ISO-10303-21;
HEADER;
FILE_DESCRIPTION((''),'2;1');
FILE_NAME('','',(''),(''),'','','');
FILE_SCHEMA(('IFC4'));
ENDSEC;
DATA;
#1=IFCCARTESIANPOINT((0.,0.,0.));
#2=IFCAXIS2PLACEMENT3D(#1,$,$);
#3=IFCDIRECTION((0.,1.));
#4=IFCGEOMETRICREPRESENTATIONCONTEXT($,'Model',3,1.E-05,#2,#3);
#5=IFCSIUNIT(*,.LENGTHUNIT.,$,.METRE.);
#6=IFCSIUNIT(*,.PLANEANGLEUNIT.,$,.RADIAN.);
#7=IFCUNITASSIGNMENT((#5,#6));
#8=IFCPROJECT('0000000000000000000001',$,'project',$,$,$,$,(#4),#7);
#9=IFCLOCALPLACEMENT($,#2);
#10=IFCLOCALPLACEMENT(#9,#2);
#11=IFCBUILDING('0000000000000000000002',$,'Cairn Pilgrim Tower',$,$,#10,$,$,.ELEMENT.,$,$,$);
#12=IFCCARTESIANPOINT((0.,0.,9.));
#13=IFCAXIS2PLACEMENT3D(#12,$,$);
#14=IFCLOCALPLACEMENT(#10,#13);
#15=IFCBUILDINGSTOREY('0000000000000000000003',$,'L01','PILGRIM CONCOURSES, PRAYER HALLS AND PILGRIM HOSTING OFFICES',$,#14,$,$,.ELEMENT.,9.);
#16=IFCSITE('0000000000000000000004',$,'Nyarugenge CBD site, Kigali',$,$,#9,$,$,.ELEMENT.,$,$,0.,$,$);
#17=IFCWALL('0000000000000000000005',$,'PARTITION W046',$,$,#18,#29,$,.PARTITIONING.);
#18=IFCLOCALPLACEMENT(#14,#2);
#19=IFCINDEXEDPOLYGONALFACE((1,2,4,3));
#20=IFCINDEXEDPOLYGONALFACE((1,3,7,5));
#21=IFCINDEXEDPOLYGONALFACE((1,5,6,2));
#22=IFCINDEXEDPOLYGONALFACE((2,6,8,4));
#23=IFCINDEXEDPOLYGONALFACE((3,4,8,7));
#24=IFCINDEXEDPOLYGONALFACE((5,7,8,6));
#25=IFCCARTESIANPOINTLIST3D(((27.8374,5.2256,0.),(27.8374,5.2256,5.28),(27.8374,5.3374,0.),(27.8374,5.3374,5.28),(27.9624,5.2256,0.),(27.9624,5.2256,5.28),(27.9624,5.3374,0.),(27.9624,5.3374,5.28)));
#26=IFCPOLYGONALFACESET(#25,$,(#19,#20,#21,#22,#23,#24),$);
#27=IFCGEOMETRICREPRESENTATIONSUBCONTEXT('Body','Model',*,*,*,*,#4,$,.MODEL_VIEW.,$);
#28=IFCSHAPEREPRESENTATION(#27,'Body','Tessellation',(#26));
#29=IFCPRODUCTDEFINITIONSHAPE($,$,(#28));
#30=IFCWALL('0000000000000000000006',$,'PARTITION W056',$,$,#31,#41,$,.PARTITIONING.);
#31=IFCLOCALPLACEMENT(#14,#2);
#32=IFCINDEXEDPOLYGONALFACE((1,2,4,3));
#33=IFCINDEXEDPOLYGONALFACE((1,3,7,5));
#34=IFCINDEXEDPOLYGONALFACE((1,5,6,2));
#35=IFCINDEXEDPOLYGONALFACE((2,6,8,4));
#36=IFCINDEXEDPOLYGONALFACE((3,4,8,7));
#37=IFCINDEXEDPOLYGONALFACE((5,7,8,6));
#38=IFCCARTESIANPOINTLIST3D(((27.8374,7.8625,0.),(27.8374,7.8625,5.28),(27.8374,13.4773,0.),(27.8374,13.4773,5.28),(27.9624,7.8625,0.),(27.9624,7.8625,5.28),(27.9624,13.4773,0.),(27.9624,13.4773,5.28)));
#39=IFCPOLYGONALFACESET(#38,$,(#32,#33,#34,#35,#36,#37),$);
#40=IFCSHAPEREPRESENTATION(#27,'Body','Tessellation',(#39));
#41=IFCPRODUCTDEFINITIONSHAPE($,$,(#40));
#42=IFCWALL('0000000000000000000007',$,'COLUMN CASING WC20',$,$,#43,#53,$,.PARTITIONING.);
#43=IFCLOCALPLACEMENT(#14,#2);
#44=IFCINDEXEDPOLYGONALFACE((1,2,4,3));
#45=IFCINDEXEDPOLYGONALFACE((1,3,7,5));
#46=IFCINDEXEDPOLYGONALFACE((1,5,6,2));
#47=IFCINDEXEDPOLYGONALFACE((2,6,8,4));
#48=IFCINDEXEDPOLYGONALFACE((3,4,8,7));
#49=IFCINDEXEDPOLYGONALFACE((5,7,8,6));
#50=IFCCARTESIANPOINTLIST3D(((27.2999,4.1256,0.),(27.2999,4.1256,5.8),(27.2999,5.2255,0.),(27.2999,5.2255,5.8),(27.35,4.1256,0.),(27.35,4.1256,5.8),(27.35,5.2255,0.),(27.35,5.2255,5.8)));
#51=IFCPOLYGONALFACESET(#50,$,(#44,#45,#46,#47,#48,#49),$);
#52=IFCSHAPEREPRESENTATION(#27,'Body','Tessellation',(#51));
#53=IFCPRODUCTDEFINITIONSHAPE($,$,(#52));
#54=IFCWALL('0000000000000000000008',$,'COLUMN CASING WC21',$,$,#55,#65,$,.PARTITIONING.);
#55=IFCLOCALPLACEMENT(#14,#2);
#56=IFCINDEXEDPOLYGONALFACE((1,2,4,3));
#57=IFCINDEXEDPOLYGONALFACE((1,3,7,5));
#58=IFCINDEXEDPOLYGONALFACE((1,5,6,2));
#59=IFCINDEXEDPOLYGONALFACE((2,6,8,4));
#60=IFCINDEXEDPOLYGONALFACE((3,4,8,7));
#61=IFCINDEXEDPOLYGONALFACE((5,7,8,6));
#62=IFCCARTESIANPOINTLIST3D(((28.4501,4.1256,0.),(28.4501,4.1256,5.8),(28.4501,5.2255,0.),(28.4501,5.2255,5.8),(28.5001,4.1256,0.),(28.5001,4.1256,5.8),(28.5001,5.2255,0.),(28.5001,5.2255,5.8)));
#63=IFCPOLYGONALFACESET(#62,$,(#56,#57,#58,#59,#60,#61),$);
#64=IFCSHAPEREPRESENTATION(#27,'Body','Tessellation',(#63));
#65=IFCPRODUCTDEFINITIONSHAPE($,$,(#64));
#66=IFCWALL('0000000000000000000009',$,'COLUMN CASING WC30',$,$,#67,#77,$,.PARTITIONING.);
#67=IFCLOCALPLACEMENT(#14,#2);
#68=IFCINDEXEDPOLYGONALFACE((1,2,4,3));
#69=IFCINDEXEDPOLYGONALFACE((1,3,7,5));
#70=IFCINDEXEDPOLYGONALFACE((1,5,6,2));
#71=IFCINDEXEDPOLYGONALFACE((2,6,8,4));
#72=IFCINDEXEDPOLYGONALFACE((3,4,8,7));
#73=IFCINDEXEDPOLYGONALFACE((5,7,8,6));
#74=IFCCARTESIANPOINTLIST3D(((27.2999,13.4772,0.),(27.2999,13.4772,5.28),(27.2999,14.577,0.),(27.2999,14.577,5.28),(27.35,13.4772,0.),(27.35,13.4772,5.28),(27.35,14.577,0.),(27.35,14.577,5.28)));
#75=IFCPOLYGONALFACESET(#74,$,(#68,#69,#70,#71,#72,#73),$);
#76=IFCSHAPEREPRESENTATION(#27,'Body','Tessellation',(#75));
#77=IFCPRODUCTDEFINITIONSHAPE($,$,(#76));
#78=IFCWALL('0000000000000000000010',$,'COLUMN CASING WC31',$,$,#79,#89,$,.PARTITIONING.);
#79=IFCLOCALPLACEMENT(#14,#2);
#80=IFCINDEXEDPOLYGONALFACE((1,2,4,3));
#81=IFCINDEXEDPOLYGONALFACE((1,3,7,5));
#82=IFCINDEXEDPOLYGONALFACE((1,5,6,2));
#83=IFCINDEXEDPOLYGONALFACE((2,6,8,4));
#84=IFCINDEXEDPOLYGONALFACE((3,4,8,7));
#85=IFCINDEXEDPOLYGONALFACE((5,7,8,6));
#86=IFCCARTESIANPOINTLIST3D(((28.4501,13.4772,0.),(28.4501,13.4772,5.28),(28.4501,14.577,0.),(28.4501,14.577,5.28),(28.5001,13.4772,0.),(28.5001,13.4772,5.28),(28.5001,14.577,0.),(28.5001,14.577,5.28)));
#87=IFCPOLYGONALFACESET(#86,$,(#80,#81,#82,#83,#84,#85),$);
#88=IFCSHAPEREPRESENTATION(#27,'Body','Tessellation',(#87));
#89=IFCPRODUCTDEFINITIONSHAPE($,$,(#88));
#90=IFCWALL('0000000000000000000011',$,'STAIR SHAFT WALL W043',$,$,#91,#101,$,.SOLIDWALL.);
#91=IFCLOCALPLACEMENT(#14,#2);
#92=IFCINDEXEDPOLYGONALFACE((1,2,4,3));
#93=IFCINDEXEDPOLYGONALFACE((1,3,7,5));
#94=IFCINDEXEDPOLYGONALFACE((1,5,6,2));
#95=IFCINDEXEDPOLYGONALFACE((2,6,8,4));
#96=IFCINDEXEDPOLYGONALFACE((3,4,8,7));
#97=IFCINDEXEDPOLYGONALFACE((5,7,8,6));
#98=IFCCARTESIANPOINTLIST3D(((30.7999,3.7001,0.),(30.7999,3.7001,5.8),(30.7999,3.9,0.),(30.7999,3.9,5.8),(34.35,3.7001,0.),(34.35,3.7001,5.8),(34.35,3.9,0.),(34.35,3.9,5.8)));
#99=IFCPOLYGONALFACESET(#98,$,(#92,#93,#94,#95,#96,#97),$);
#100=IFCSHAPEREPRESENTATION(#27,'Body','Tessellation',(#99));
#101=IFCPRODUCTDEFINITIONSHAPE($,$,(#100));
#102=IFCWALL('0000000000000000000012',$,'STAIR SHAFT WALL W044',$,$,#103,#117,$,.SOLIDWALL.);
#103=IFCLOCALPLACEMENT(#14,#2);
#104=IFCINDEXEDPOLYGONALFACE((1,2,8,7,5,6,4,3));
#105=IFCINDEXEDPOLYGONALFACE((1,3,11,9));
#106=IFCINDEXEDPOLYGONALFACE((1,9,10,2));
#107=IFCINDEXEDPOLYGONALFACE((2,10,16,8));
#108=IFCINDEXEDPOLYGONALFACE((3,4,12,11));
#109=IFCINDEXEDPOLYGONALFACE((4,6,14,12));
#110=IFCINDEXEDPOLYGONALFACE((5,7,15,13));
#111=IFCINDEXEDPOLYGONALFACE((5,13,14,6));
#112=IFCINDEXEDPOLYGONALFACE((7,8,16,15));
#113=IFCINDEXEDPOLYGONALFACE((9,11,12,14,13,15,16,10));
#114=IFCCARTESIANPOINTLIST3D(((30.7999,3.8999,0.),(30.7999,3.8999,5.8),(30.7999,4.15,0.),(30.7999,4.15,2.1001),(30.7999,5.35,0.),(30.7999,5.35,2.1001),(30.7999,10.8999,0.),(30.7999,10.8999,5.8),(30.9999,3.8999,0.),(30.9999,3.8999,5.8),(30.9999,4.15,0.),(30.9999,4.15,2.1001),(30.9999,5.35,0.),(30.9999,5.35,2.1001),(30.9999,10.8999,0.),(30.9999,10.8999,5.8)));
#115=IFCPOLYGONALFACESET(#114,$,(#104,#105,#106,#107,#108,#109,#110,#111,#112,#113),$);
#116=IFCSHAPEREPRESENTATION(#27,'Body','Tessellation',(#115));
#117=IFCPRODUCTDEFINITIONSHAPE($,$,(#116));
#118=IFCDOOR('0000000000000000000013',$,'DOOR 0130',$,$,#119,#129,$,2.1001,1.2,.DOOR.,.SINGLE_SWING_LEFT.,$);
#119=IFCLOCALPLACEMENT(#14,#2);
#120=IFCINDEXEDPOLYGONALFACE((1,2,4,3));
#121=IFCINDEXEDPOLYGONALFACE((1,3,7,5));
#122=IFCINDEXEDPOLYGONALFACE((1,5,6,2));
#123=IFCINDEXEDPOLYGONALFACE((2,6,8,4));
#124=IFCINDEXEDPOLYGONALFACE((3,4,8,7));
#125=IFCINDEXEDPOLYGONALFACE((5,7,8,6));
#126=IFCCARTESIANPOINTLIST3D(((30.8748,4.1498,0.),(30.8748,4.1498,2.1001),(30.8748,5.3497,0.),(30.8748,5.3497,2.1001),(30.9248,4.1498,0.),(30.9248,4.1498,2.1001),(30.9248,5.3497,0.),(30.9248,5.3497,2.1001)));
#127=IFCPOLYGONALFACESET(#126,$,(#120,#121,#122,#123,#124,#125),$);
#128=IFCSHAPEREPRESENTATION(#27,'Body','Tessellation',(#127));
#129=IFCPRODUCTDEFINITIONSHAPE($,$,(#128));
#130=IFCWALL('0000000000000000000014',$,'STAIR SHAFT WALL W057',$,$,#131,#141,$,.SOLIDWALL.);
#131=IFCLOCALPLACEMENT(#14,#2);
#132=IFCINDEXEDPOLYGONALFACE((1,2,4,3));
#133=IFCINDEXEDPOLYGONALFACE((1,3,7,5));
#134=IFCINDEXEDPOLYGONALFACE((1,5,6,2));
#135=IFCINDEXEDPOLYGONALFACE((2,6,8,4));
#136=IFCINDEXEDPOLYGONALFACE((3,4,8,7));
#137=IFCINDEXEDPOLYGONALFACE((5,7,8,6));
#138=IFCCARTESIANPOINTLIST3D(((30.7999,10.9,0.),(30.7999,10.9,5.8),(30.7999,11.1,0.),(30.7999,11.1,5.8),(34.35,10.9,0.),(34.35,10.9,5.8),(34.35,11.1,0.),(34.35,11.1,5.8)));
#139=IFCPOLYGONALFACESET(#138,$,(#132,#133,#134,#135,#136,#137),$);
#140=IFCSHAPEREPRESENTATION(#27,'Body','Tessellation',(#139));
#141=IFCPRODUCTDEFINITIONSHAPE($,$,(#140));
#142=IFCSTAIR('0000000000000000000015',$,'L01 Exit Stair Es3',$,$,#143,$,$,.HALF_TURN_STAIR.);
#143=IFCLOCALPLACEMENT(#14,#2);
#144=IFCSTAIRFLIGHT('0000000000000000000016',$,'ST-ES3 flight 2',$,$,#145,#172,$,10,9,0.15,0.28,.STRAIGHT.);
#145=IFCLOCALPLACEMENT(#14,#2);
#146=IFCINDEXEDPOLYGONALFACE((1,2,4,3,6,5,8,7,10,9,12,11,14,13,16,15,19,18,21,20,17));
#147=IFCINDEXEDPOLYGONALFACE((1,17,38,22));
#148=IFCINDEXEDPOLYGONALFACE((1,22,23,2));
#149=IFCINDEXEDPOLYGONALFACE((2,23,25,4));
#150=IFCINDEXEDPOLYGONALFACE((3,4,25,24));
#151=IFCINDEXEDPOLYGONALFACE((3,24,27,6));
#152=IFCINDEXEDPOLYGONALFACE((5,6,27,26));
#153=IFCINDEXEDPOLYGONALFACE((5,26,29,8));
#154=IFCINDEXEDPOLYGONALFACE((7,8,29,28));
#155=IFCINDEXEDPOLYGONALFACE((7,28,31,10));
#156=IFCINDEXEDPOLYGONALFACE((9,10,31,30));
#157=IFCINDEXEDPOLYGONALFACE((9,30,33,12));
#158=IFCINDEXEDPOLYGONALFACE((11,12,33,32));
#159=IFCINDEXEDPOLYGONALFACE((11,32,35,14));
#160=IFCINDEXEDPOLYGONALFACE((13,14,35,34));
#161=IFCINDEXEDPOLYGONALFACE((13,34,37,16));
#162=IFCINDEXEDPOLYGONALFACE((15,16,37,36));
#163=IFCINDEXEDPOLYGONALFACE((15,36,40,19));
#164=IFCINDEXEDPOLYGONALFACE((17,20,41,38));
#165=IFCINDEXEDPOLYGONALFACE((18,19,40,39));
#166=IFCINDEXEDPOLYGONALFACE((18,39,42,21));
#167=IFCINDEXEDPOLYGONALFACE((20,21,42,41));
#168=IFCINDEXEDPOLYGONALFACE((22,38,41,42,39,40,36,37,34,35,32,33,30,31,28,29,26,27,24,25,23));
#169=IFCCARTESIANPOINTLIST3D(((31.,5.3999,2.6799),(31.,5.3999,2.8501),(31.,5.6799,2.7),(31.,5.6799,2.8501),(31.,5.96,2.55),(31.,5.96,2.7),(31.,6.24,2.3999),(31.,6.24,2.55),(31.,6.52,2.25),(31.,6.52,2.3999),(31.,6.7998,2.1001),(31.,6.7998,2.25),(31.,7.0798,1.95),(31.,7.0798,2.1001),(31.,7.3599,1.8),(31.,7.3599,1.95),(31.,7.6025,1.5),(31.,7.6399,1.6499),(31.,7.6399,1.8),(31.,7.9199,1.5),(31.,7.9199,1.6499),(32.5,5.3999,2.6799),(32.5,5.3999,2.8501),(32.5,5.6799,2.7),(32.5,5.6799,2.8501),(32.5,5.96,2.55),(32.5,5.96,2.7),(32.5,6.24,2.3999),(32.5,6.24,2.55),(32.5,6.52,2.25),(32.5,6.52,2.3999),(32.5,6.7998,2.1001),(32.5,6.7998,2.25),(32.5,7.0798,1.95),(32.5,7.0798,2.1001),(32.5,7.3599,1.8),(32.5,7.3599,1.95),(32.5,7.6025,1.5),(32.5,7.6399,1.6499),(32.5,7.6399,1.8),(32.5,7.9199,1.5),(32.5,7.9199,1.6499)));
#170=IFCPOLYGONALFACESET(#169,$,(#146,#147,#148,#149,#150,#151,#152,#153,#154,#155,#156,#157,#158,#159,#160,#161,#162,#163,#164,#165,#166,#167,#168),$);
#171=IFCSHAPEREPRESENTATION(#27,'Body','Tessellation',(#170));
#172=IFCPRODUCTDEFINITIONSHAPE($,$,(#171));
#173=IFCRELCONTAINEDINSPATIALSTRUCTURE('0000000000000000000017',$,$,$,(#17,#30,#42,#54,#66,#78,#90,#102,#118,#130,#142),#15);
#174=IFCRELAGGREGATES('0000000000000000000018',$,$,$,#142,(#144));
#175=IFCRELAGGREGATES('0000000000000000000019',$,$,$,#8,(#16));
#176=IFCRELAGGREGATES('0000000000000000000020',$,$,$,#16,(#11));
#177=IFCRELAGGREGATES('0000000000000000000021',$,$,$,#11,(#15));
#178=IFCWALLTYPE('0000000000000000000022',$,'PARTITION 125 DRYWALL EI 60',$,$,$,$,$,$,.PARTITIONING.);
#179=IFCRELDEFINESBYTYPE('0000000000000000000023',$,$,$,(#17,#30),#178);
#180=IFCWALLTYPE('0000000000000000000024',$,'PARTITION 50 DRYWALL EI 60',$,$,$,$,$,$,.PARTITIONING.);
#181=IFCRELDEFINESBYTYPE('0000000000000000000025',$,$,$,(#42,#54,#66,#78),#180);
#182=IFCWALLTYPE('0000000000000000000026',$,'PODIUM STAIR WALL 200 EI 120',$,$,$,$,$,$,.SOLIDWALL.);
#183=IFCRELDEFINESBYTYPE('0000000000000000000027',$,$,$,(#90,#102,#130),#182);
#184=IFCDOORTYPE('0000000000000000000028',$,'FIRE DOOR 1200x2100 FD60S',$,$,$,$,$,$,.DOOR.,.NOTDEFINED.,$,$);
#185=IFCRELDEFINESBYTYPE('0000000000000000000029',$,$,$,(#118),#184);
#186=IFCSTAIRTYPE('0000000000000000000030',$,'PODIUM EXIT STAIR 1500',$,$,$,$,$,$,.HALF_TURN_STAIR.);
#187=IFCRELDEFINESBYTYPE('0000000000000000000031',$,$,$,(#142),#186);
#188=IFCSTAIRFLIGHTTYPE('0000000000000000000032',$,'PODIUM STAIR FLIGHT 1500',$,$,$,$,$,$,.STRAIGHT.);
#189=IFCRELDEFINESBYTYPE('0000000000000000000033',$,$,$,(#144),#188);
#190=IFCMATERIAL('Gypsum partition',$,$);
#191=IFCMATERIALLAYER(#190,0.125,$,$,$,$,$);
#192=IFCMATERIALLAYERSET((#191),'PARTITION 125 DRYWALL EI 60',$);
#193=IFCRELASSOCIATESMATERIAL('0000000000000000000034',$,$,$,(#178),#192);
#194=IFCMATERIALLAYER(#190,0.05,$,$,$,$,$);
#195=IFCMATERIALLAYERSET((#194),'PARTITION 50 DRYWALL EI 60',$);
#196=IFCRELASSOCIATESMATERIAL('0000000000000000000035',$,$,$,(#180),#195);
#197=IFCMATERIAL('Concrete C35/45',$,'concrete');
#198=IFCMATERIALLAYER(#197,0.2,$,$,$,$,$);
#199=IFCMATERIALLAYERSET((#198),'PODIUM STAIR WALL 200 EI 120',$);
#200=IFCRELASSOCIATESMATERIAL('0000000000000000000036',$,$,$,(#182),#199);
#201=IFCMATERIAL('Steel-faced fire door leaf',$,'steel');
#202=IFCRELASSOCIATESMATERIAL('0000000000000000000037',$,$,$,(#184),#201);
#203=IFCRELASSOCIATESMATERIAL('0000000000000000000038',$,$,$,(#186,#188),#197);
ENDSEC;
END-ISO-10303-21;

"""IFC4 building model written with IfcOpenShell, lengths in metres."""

from ifc_helpers import new_model, si_unit, direction, frame, frame_2d, origin, place, context, subcontext, project, spatial, polyline, rectangle, outline, extrude, material, layer, layer_set, type_object, element, fill, aggregate, save


model = new_model("IFC4")

# Units and contexts
model_context = context("Model", 3, precision=1e-05, world=origin(), true_north=direction((0.0, 1.0)))
body_context = subcontext(model_context, "Body", "Model", "MODEL_VIEW")
ifc_project = project(units=[si_unit("LENGTHUNIT", "METRE"), si_unit("PLANEANGLEUNIT", "RADIAN")], contexts=[model_context])

# Site, building, storey
site_placement = place(None, origin())
site = spatial("IfcSite", under=ifc_project, at=site_placement, Name="Nyarugenge CBD site, Kigali", CompositionType="ELEMENT", RefElevation=0.0)
building_placement = place(site_placement, origin())
building = spatial("IfcBuilding", under=site, at=building_placement, Name="Cairn Pilgrim Tower", CompositionType="ELEMENT")
storey_placement = place(building_placement, frame((0.0, 0.0, 9.0)))
storey = spatial("IfcBuildingStorey", under=building, at=storey_placement, Name="L01", Description="PILGRIM CONCOURSES, PRAYER HALLS AND PILGRIM HOSTING OFFICES", CompositionType="ELEMENT", Elevation=9.0)

# Walls
ifc_material_1 = material(Name="Gypsum partition")
ifc_layer_1 = layer(ifc_material_1, 0.125)
ifc_layer_set_1 = layer_set([ifc_layer_1], Name="PARTITION 125 DRYWALL EI 60")
wall_type_1 = type_object("IfcWallType", Name="PARTITION 125 DRYWALL EI 60", PredefinedType="PARTITIONING", material=ifc_layer_set_1)
wall_1_placement = place(storey_placement, frame((27.8999, 5.2256, 0.0), z_axis=(0.0, 0.0, 1.0), x_axis=(0.0, 1.0, 0.0)))
element("IfcWall", 1, at=wall_1_placement, inside=storey, type_object=wall_type_1, Name="PARTITION W046", PredefinedType="PARTITIONING", context=body_context, shape_type="SweptSolid", body=[
    extrude(rectangle(XDim=0.1118, YDim=0.125, at=frame_2d((0.0559, 0.0))), origin(), (0.0, 0.0, 1.0), 5.28),
])
wall_2_placement = place(storey_placement, frame((27.8999, 7.8625, 0.0), z_axis=(0.0, 0.0, 1.0), x_axis=(0.0, 1.0, 0.0)))
element("IfcWall", 2, at=wall_2_placement, inside=storey, type_object=wall_type_1, Name="PARTITION W056", PredefinedType="PARTITIONING", context=body_context, shape_type="SweptSolid", body=[
    extrude(rectangle(XDim=5.6147, YDim=0.125, at=frame_2d((2.8074, 0.0))), origin(), (0.0, 0.0, 1.0), 5.28),
])
ifc_layer_2 = layer(ifc_material_1, 0.05)
ifc_layer_set_2 = layer_set([ifc_layer_2], Name="PARTITION 50 DRYWALL EI 60")
wall_type_2 = type_object("IfcWallType", Name="PARTITION 50 DRYWALL EI 60", PredefinedType="PARTITIONING", material=ifc_layer_set_2)
for number, where, z_axis, x_axis, name in (
    (3, (27.325, 4.1257, 0.0), (0.0, 0.0, 1.0), (0.0, 1.0, 0.0), "COLUMN CASING WC20"),
    (4, (28.4751, 4.1257, 0.0), (0.0, 0.0, 1.0), (0.0, 1.0, 0.0), "COLUMN CASING WC21"),
):
    element("IfcWall", number, at=place(storey_placement, frame(where, z_axis=z_axis, x_axis=x_axis)), inside=storey, type_object=wall_type_2, Name=name, PredefinedType="PARTITIONING", context=body_context, shape_type="SweptSolid", body=[
        extrude(rectangle(XDim=1.0999, YDim=0.05, at=frame_2d((0.5498, 0.0))), origin(), (0.0, 0.0, 1.0), 5.8),
    ])
for number, where, z_axis, x_axis, name in (
    (5, (27.325, 13.4773, 0.0), (0.0, 0.0, 1.0), (0.0, 1.0, 0.0), "COLUMN CASING WC30"),
    (6, (28.4751, 13.4773, 0.0), (0.0, 0.0, 1.0), (0.0, 1.0, 0.0), "COLUMN CASING WC31"),
):
    element("IfcWall", number, at=place(storey_placement, frame(where, z_axis=z_axis, x_axis=x_axis)), inside=storey, type_object=wall_type_2, Name=name, PredefinedType="PARTITIONING", context=body_context, shape_type="SweptSolid", body=[
        extrude(rectangle(XDim=1.0999, YDim=0.05, at=frame_2d((0.5498, 0.0))), origin(), (0.0, 0.0, 1.0), 5.28),
    ])
ifc_material_2 = material(Name="Concrete C35/45", Category="concrete")
ifc_layer_3 = layer(ifc_material_2, 0.2)
ifc_layer_set_3 = layer_set([ifc_layer_3], Name="PODIUM STAIR WALL 200 EI 120")
wall_type_3 = type_object("IfcWallType", Name="PODIUM STAIR WALL 200 EI 120", PredefinedType="SOLIDWALL", material=ifc_layer_set_3)
wall_3_placement = place(storey_placement, frame((30.8, 3.8, 0.0), z_axis=(0.0, 0.0, 1.0), x_axis=(1.0, 0.0, 0.0)))
element("IfcWall", 7, at=wall_3_placement, inside=storey, type_object=wall_type_3, Name="STAIR SHAFT WALL W043", PredefinedType="SOLIDWALL", context=body_context, shape_type="SweptSolid", body=[
    extrude(rectangle(XDim=3.55, YDim=0.2, at=frame_2d((1.7749, 0.0))), origin(), (0.0, 0.0, 1.0), 5.8),
])

# Wall, opening, door
wall_4_placement = place(storey_placement, frame((30.8999, 3.8999, 0.0), z_axis=(0.0, 0.0, 1.0), x_axis=(0.0, 1.0, 0.0)))
wall_4 = element("IfcWall", 8, at=wall_4_placement, inside=storey, type_object=wall_type_3, Name="STAIR SHAFT WALL W044", PredefinedType="SOLIDWALL", context=body_context, shape_type="SweptSolid", body=[
    extrude(rectangle(XDim=7.0, YDim=0.2, at=frame_2d((3.5, 0.0))), origin(), (0.0, 0.0, 1.0), 5.8),
])
opening_placement = place(wall_4_placement, frame((0.25, 0.0, 0.0)))
opening = element("IfcOpeningElement", 9, at=opening_placement, cuts=wall_4, PredefinedType="OPENING", context=body_context, shape_type="SweptSolid", body=[
    extrude(rectangle(XDim=1.2, YDim=2.1001, at=frame_2d((0.6001, 1.05))), frame((0.0, 0.1099, 0.0), z_axis=(0.0, -1.0, 0.0), x_axis=(1.0, 0.0, 0.0)), (0.0, 0.0, 1.0), 0.22),
])
ifc_material_3 = material(Name="Steel-faced fire door leaf", Category="steel")
door_type = type_object("IfcDoorType", Name="FIRE DOOR 1200x2100 FD60S", OperationType="NOTDEFINED", PredefinedType="DOOR", material=ifc_material_3)
door_placement = place(opening_placement, frame((1.2, 0.0, 0.0), z_axis=(0.0, 0.0, 1.0), x_axis=(-1.0, 0.0, 0.0)))
door = element("IfcDoor", 10, at=door_placement, inside=storey, type_object=door_type, Name="DOOR 0130", OperationType="SINGLE_SWING_LEFT", OverallHeight=2.1001, OverallWidth=1.2, PredefinedType="DOOR", context=body_context, shape_type="SweptSolid", body=[
    extrude(rectangle(XDim=1.2, YDim=2.1001, at=frame_2d((0.6001, 1.05))), frame((0.0, 0.0249, 0.0), z_axis=(0.0, -1.0, 0.0), x_axis=(1.0, 0.0, 0.0)), (0.0, 0.0, 1.0), 0.05),
])
fill(opening, door)

# Wall
wall_5_placement = place(storey_placement, frame((30.8, 11.0, 0.0), z_axis=(0.0, 0.0, 1.0), x_axis=(1.0, 0.0, 0.0)))
element("IfcWall", 11, at=wall_5_placement, inside=storey, type_object=wall_type_3, Name="STAIR SHAFT WALL W057", PredefinedType="SOLIDWALL", context=body_context, shape_type="SweptSolid", body=[
    extrude(rectangle(XDim=3.55, YDim=0.2, at=frame_2d((1.7749, 0.0))), origin(), (0.0, 0.0, 1.0), 5.8),
])

# Stair, stair flight
stair_type = type_object("IfcStairType", Name="PODIUM EXIT STAIR 1500", PredefinedType="HALF_TURN_STAIR", material=ifc_material_2)
stair_placement = place(storey_placement, origin())
stair = element("IfcStair", 12, at=stair_placement, inside=storey, type_object=stair_type, Name="L01 Exit Stair Es3", PredefinedType="HALF_TURN_STAIR")
stair_flight_type = type_object("IfcStairFlightType", Name="PODIUM STAIR FLIGHT 1500", PredefinedType="STRAIGHT", material=ifc_material_2)
stair_flight_1_placement = place(storey_placement, frame((31.75, 7.9199, 1.5), z_axis=(0.0, 0.0, 1.0), x_axis=(0.0, -1.0, 0.0)))
stair_flight_1 = element("IfcStairFlight", 13, at=stair_flight_1_placement, type_object=stair_flight_type, Name="ST-ES3 flight 2", NumberOfRisers=10, NumberOfTreads=9, PredefinedType="STRAIGHT", RiserHeight=0.15, TreadLength=0.28, context=body_context, shape_type="SweptSolid", body=[
    extrude(outline(polyline([(0.0, 0.0), (0.0, 0.1499), (0.28, 0.1499), (0.28, 0.3), (0.5601, 0.3), (0.5601, 0.45), (0.8401, 0.45), (0.8401, 0.6001), (1.1201, 0.6001), (1.1201, 0.75), (1.3999, 0.75), (1.3999, 0.8999), (1.6799, 0.8999), (1.6799, 1.05), (1.96, 1.05), (1.96, 1.2), (2.24, 1.2), (2.24, 1.3501), (2.52, 1.3501), (2.52, 1.5), (2.52, 1.1799), (0.3174, 0.0), (0.0, 0.0)])), frame((0.0, 0.75, 0.0), z_axis=(0.0, -1.0, 0.0), x_axis=(1.0, 0.0, 0.0)), (0.0, 0.0, 1.0), 1.5),
])
aggregate(stair, [stair_flight_1])

save(model, "model.ifc")
